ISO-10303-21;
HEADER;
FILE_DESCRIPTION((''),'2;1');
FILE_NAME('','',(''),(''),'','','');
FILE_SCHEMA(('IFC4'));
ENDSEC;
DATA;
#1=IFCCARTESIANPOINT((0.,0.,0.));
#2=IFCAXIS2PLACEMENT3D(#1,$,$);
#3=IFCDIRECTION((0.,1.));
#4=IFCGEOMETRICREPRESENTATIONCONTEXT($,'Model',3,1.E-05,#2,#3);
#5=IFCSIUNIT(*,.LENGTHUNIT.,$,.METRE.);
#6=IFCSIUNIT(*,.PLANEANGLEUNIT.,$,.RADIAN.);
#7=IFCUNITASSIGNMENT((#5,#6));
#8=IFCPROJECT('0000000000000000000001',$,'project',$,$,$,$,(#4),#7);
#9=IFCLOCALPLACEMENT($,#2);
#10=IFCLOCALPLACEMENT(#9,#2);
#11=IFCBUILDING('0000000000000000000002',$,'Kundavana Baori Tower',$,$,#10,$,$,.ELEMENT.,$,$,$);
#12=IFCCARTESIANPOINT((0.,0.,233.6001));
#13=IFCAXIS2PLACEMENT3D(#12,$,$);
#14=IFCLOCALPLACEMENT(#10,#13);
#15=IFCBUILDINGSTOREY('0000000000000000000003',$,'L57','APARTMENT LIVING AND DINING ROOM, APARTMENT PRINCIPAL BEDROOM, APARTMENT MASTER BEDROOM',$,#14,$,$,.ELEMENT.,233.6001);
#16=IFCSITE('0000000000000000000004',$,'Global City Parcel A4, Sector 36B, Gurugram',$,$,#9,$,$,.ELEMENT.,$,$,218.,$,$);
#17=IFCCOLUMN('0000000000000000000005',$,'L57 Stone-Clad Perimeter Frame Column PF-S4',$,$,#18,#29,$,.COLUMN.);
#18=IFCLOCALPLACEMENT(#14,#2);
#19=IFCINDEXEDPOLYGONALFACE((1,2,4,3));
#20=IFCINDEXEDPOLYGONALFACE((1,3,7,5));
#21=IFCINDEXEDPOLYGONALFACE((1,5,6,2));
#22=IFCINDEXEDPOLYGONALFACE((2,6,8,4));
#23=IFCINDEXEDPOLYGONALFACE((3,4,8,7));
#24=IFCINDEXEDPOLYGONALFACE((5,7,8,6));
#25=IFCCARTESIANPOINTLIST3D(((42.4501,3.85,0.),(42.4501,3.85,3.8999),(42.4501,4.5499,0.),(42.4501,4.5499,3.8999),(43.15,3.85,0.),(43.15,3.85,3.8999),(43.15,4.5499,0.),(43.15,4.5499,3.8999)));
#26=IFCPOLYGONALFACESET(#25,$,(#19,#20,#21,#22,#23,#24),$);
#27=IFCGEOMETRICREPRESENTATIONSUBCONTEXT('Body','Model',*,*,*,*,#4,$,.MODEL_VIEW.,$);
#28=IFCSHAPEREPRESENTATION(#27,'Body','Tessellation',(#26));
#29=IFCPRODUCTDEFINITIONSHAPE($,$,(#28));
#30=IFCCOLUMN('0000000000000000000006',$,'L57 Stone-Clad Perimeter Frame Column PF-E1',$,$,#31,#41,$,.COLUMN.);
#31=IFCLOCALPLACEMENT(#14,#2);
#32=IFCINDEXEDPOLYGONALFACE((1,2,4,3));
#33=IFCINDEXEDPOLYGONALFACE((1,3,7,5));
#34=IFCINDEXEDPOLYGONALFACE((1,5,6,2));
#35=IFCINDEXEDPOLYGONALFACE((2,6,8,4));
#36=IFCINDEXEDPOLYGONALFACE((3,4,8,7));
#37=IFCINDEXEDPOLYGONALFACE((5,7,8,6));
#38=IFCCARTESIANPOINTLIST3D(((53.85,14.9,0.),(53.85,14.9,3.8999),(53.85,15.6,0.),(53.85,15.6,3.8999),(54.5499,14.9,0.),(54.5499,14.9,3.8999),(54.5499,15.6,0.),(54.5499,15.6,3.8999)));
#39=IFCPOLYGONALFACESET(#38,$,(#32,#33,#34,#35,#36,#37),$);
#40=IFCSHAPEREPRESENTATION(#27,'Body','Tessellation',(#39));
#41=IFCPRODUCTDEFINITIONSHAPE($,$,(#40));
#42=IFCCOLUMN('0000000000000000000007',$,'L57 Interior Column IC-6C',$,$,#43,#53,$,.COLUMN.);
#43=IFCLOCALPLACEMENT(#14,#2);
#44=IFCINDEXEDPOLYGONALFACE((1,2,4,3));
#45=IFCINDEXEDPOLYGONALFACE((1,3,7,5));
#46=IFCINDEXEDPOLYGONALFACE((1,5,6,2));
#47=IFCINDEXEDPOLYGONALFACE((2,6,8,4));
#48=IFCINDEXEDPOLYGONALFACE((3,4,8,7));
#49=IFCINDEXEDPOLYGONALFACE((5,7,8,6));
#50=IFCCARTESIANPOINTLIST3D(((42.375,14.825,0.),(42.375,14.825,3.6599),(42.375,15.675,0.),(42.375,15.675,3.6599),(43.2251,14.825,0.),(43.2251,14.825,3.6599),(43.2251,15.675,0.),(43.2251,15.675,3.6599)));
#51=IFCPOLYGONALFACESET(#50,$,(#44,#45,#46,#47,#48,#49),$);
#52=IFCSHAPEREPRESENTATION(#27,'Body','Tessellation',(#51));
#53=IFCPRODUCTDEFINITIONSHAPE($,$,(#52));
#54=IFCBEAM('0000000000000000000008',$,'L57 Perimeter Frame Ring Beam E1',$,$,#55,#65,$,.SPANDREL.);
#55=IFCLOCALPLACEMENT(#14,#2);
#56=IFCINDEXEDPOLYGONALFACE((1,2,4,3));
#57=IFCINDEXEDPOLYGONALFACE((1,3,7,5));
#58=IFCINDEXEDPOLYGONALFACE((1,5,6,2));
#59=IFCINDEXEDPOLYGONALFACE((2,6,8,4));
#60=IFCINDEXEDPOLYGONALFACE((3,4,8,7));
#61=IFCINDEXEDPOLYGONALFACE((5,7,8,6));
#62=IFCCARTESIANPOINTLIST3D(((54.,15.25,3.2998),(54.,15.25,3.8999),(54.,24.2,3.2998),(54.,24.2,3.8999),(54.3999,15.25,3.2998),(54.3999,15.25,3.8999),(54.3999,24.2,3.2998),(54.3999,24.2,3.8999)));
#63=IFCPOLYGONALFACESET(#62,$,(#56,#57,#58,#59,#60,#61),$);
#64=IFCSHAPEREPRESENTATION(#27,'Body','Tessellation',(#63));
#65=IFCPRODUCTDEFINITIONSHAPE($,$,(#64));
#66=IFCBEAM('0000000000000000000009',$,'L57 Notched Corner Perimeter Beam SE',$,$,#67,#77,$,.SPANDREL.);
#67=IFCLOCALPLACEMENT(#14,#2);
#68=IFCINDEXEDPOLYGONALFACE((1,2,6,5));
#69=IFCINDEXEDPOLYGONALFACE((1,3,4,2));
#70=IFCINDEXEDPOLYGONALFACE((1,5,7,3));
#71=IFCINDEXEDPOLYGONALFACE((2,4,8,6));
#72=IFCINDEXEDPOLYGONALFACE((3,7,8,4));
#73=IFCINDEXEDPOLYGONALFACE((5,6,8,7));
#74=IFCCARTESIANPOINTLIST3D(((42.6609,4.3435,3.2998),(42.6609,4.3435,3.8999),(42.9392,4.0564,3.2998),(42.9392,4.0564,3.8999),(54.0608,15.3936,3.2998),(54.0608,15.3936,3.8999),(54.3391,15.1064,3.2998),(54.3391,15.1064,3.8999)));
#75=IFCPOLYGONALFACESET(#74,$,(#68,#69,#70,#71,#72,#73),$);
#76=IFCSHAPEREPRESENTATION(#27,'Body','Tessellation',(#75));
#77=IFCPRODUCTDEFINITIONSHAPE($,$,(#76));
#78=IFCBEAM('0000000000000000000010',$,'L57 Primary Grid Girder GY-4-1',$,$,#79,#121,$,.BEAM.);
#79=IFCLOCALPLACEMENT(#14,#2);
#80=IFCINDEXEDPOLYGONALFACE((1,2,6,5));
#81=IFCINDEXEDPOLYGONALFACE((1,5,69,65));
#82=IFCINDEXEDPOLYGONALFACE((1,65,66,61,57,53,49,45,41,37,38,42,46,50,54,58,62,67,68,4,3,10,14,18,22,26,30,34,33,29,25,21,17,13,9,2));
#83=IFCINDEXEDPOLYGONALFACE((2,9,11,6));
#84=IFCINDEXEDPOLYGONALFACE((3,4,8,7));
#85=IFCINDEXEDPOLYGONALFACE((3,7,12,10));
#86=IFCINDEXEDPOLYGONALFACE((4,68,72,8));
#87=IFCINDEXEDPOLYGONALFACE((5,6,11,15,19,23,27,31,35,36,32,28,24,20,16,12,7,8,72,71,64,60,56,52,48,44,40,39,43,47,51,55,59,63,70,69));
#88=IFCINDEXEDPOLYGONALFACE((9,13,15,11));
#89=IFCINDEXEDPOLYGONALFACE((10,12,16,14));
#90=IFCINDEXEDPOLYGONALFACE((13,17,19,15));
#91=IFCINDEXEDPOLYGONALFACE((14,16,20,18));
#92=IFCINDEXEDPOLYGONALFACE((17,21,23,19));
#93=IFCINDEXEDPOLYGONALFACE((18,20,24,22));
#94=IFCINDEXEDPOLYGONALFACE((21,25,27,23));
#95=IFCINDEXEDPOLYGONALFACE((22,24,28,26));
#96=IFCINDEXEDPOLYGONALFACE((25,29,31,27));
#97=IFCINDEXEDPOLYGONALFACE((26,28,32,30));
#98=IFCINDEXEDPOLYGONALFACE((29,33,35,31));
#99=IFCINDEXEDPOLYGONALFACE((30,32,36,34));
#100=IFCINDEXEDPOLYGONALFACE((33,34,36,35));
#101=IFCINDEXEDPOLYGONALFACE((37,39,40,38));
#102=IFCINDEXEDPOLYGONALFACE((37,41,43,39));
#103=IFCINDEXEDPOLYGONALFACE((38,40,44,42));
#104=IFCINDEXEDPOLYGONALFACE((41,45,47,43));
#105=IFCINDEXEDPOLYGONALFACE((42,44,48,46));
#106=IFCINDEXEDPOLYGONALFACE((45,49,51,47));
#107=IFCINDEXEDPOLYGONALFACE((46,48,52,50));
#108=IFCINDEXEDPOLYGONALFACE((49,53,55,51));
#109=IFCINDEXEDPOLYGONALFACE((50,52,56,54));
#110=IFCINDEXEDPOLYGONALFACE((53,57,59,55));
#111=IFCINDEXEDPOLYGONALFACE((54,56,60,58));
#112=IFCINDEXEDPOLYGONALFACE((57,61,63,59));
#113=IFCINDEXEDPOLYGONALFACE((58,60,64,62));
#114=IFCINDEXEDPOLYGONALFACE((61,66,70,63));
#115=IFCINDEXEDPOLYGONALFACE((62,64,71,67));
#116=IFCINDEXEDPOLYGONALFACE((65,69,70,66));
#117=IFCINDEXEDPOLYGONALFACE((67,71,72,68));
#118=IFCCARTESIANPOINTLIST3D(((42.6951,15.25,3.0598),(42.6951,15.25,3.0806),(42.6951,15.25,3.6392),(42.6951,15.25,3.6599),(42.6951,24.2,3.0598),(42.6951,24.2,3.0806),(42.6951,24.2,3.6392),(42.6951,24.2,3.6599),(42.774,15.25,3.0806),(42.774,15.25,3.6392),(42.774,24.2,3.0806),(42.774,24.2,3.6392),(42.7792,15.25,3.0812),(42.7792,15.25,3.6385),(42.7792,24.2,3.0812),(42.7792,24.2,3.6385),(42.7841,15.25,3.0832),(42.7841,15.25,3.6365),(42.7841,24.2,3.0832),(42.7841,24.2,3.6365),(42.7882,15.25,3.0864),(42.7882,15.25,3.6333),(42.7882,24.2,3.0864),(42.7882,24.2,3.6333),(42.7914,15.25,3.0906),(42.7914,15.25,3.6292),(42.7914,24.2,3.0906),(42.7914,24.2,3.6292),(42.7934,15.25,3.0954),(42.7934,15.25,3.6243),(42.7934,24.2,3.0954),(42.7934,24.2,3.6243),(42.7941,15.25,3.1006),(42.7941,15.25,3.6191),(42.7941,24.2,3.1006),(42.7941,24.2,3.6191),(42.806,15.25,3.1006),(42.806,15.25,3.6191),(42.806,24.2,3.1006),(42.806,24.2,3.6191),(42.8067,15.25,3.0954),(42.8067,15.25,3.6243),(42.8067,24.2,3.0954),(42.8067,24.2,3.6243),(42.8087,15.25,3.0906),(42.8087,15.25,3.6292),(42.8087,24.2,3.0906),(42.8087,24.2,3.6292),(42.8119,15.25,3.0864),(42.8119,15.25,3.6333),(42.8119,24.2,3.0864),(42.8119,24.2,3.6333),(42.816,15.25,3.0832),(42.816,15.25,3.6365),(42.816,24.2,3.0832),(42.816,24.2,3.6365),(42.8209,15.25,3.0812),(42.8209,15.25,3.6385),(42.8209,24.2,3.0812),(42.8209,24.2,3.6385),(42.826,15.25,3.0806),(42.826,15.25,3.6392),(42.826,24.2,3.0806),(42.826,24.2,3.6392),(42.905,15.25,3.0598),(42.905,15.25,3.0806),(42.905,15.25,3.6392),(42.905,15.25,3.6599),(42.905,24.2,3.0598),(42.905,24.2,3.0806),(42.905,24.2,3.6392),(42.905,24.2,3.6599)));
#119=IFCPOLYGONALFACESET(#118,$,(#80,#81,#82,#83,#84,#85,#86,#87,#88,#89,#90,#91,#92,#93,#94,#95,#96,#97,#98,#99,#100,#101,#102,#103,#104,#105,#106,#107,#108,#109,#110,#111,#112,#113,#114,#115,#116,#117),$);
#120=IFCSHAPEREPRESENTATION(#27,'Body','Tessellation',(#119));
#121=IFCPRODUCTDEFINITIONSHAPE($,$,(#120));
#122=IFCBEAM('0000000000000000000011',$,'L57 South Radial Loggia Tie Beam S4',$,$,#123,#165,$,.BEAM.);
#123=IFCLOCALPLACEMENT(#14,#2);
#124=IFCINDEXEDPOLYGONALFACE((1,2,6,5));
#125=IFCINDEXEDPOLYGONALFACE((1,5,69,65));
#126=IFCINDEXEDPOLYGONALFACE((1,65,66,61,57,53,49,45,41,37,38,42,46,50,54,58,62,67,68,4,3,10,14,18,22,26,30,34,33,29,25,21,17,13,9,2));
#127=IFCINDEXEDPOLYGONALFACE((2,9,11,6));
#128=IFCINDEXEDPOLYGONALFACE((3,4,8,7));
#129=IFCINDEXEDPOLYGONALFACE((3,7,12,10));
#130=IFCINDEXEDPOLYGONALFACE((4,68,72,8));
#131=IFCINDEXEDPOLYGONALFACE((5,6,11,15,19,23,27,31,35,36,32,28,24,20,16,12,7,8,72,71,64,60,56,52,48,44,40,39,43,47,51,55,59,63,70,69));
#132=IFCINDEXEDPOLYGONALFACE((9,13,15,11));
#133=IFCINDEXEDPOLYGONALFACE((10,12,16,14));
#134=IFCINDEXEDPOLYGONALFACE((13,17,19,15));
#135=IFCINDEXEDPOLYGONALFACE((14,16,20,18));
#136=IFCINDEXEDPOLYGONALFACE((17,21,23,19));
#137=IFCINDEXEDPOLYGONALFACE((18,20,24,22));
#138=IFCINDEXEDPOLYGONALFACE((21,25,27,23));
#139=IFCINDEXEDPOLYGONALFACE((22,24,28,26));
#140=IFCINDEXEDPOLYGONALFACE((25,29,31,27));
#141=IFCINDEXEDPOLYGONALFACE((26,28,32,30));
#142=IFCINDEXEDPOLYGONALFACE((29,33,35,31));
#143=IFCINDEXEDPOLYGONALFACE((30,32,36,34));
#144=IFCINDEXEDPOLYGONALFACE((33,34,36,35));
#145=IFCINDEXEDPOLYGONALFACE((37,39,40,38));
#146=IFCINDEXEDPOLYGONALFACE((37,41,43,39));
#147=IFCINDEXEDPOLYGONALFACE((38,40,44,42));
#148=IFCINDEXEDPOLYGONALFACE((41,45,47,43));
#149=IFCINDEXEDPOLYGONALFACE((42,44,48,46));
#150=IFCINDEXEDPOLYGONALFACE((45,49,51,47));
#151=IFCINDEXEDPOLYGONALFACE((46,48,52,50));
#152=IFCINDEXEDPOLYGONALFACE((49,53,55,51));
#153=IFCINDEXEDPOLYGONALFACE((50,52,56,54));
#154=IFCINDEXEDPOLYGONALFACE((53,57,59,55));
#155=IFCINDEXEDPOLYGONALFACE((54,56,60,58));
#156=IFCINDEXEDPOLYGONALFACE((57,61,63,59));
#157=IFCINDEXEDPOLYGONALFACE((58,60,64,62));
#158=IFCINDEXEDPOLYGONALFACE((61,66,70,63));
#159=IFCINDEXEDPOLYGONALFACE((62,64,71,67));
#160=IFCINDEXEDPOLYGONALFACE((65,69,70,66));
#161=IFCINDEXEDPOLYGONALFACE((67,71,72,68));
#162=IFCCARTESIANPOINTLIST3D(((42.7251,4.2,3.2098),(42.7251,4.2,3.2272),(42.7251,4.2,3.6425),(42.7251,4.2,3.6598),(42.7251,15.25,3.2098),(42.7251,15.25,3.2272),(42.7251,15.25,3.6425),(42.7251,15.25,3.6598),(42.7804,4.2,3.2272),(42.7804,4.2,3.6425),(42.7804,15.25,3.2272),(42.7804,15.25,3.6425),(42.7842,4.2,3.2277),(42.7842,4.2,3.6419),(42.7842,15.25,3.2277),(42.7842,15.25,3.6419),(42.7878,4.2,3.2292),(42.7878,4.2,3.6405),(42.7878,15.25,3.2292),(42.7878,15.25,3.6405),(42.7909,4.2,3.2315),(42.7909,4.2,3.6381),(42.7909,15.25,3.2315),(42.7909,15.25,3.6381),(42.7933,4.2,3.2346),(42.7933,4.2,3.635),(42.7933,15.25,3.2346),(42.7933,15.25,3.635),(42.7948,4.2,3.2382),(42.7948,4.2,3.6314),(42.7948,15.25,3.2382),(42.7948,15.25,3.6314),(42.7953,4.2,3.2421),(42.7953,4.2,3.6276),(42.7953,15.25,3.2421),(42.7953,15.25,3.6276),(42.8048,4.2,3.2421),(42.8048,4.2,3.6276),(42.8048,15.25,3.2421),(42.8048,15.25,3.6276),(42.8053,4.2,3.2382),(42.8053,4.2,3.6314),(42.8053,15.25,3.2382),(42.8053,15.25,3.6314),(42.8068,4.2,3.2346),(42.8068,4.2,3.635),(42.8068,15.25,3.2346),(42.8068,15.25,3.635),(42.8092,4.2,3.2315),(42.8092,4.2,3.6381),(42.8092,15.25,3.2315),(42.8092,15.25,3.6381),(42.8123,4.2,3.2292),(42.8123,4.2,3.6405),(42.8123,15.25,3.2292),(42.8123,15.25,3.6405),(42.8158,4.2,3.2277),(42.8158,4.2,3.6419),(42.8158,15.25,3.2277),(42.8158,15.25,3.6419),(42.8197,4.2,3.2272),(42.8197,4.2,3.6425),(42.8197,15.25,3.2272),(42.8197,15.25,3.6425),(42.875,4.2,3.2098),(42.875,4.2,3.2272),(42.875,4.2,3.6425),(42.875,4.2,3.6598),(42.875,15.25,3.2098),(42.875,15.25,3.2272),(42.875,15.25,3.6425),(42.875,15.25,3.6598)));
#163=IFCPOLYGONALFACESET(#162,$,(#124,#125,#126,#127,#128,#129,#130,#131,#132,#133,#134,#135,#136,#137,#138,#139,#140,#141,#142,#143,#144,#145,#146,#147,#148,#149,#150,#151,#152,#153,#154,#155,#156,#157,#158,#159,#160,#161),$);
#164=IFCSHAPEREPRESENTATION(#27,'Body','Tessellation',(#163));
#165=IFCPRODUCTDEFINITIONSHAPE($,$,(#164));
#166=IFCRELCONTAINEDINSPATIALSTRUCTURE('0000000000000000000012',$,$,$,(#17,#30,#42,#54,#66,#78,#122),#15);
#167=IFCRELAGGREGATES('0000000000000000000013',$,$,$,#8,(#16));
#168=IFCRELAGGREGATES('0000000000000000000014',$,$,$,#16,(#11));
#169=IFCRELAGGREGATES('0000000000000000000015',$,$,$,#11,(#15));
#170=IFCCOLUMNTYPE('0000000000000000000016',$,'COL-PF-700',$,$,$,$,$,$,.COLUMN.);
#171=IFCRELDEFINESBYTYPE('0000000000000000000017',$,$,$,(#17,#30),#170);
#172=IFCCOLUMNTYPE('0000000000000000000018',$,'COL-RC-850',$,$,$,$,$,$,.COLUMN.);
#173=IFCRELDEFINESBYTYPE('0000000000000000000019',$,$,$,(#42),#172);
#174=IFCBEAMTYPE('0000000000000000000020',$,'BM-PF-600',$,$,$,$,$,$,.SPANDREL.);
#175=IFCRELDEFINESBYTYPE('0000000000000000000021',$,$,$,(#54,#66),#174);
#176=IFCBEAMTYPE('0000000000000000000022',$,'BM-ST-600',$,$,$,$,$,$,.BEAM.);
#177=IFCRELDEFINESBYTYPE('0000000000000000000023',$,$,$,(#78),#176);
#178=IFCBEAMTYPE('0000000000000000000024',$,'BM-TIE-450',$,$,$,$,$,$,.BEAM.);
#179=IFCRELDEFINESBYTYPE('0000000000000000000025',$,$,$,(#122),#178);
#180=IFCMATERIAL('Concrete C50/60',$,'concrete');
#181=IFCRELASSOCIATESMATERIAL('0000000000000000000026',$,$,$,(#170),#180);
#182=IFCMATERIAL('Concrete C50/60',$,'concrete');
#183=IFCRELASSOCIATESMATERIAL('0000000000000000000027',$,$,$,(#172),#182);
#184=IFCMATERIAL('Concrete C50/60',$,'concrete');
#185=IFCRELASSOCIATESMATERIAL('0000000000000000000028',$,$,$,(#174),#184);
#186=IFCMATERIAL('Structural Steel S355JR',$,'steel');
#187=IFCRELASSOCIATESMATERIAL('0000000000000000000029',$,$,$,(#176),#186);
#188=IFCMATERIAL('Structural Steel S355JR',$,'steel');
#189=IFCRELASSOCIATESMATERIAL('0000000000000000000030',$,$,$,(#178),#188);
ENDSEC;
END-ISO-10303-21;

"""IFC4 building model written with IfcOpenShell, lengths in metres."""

from ifc_helpers import new_model, si_unit, direction, frame, origin, origin_2d, place, context, subcontext, project, spatial, rectangle, i_section, extrude, material, material_profile, profile_set, type_object, element, save


model = new_model("IFC4")

# Units and contexts
model_context = context("Model", 3, precision=1e-05, world=origin(), true_north=direction((0.0, 1.0)))
body_context = subcontext(model_context, "Body", "Model", "MODEL_VIEW")
ifc_project = project(units=[si_unit("LENGTHUNIT", "METRE"), si_unit("PLANEANGLEUNIT", "RADIAN")], contexts=[model_context])

# Site, building, storey
site_placement = place(None, origin())
site = spatial("IfcSite", under=ifc_project, at=site_placement, Name="Global City Parcel A4, Sector 36B, Gurugram", CompositionType="ELEMENT", RefElevation=218.0)
building_placement = place(site_placement, origin())
building = spatial("IfcBuilding", under=site, at=building_placement, Name="Kundavana Baori Tower", CompositionType="ELEMENT")
storey_placement = place(building_placement, frame((0.0, 0.0, 233.6001)))
storey = spatial("IfcBuildingStorey", under=building, at=storey_placement, Name="L57", Description="APARTMENT LIVING AND DINING ROOM, APARTMENT PRINCIPAL BEDROOM, APARTMENT MASTER BEDROOM", CompositionType="ELEMENT", Elevation=233.6001)

# Columns
ifc_material_1 = material(Name="Concrete C50/60", Category="concrete")
ifc_material_profile_1 = material_profile(ifc_material_1, rectangle(XDim=0.7, YDim=0.7, at=origin_2d()), Name="RC PF 700x700")
ifc_profile_set_1 = profile_set([ifc_material_profile_1], Name="Concrete C50/60")
column_type_1 = type_object("IfcColumnType", Name="COL-PF-700", PredefinedType="COLUMN", material=ifc_profile_set_1)
for number, where, z_axis, x_axis, name in (
    (1, (42.8, 4.2, 0.0), (0.0, 0.0, 1.0), (1.0, 0.0, 0.0), "L57 Stone-Clad Perimeter Frame Column PF-S4"),
    (2, (54.2, 15.25, 0.0), (0.0, 0.0, 1.0), (1.0, 0.0, 0.0), "L57 Stone-Clad Perimeter Frame Column PF-E1"),
):
    element("IfcColumn", number, at=place(storey_placement, frame(where, z_axis=z_axis, x_axis=x_axis)), inside=storey, type_object=column_type_1, Name=name, PredefinedType="COLUMN", context=body_context, shape_type="SweptSolid", body=[
        extrude(rectangle(XDim=0.7, YDim=0.7, at=origin_2d()), origin(), (0.0, 0.0, 1.0), 3.8999),
    ])
ifc_material_2 = material(Name="Concrete C50/60", Category="concrete")
ifc_material_profile_2 = material_profile(ifc_material_2, rectangle(XDim=0.8501, YDim=0.8501, at=origin_2d()), Name="RC 850x850")
ifc_profile_set_2 = profile_set([ifc_material_profile_2], Name="Concrete C50/60")
column_type_2 = type_object("IfcColumnType", Name="COL-RC-850", PredefinedType="COLUMN", material=ifc_profile_set_2)
column_placement = place(storey_placement, frame((42.8, 15.25, 0.0), z_axis=(0.0, 0.0, 1.0), x_axis=(1.0, 0.0, 0.0)))
element("IfcColumn", 3, at=column_placement, inside=storey, type_object=column_type_2, Name="L57 Interior Column IC-6C", PredefinedType="COLUMN", context=body_context, shape_type="SweptSolid", body=[
    extrude(rectangle(XDim=0.8501, YDim=0.8501, at=origin_2d()), origin(), (0.0, 0.0, 1.0), 3.6599),
])

# Beams
ifc_material_3 = material(Name="Concrete C50/60", Category="concrete")
ifc_material_profile_3 = material_profile(ifc_material_3, rectangle(XDim=0.3999, YDim=0.6001, at=origin_2d()), Name="RC BM 400x600")
ifc_profile_set_3 = profile_set([ifc_material_profile_3], Name="Concrete C50/60")
beam_type_1 = type_object("IfcBeamType", Name="BM-PF-600", PredefinedType="SPANDREL", material=ifc_profile_set_3)
beam_1_placement = place(storey_placement, frame((54.2, 15.25, 3.5999), z_axis=(0.0, 1.0, 0.0), x_axis=(-1.0, 0.0, 0.0)))
element("IfcBeam", 4, at=beam_1_placement, inside=storey, type_object=beam_type_1, Name="L57 Perimeter Frame Ring Beam E1", PredefinedType="SPANDREL", context=body_context, shape_type="SweptSolid", body=[
    extrude(rectangle(XDim=0.3999, YDim=0.6001, at=origin_2d()), origin(), (0.0, 0.0, 1.0), 8.95),
])
beam_2_placement = place(storey_placement, frame((42.8, 4.2, 3.5999), z_axis=(0.718039, 0.696003, 0.0), x_axis=(-0.696003, 0.718039, 0.0)))
element("IfcBeam", 5, at=beam_2_placement, inside=storey, type_object=beam_type_1, Name="L57 Notched Corner Perimeter Beam SE", PredefinedType="SPANDREL", context=body_context, shape_type="SweptSolid", body=[
    extrude(rectangle(XDim=0.3999, YDim=0.6001, at=origin_2d()), origin(), (0.0, 0.0, 1.0), 15.8765),
])
ifc_material_4 = material(Name="Structural Steel S355JR", Category="steel")
ifc_material_profile_4 = material_profile(ifc_material_4, i_section(OverallWidth=0.21, OverallDepth=0.6001, WebThickness=0.012, FlangeThickness=0.0208, FilletRadius=0.02, at=origin_2d()), Name="ISMB 600")
ifc_profile_set_4 = profile_set([ifc_material_profile_4], Name="Structural Steel S355JR")
beam_type_2 = type_object("IfcBeamType", Name="BM-ST-600", PredefinedType="BEAM", material=ifc_profile_set_4)
beam_3_placement = place(storey_placement, frame((42.8, 15.25, 3.3599), z_axis=(0.0, 1.0, 0.0), x_axis=(-1.0, 0.0, 0.0)))
element("IfcBeam", 6, at=beam_3_placement, inside=storey, type_object=beam_type_2, Name="L57 Primary Grid Girder GY-4-1", PredefinedType="BEAM", context=body_context, shape_type="SweptSolid", body=[
    extrude(i_section(OverallWidth=0.21, OverallDepth=0.6001, WebThickness=0.012, FlangeThickness=0.0208, FilletRadius=0.02, at=origin_2d()), origin(), (0.0, 0.0, 1.0), 8.95),
])
ifc_material_5 = material(Name="Structural Steel S355JR", Category="steel")
ifc_material_profile_5 = material_profile(ifc_material_5, i_section(OverallWidth=0.1499, OverallDepth=0.45, WebThickness=0.0095, FlangeThickness=0.0173, FilletRadius=0.0149, at=origin_2d()), Name="ISMB 450")
ifc_profile_set_5 = profile_set([ifc_material_profile_5], Name="Structural Steel S355JR")
beam_type_3 = type_object("IfcBeamType", Name="BM-TIE-450", PredefinedType="BEAM", material=ifc_profile_set_5)
beam_4_placement = place(storey_placement, frame((42.8, 15.25, 3.4348), z_axis=(0.0, -1.0, 0.0), x_axis=(1.0, 0.0, 0.0)))
element("IfcBeam", 7, at=beam_4_placement, inside=storey, type_object=beam_type_3, Name="L57 South Radial Loggia Tie Beam S4", PredefinedType="BEAM", context=body_context, shape_type="SweptSolid", body=[
    extrude(i_section(OverallWidth=0.1499, OverallDepth=0.45, WebThickness=0.0095, FlangeThickness=0.0173, FilletRadius=0.0149, at=origin_2d()), origin(), (0.0, 0.0, 1.0), 11.05),
])

save(model, "model.ifc")
